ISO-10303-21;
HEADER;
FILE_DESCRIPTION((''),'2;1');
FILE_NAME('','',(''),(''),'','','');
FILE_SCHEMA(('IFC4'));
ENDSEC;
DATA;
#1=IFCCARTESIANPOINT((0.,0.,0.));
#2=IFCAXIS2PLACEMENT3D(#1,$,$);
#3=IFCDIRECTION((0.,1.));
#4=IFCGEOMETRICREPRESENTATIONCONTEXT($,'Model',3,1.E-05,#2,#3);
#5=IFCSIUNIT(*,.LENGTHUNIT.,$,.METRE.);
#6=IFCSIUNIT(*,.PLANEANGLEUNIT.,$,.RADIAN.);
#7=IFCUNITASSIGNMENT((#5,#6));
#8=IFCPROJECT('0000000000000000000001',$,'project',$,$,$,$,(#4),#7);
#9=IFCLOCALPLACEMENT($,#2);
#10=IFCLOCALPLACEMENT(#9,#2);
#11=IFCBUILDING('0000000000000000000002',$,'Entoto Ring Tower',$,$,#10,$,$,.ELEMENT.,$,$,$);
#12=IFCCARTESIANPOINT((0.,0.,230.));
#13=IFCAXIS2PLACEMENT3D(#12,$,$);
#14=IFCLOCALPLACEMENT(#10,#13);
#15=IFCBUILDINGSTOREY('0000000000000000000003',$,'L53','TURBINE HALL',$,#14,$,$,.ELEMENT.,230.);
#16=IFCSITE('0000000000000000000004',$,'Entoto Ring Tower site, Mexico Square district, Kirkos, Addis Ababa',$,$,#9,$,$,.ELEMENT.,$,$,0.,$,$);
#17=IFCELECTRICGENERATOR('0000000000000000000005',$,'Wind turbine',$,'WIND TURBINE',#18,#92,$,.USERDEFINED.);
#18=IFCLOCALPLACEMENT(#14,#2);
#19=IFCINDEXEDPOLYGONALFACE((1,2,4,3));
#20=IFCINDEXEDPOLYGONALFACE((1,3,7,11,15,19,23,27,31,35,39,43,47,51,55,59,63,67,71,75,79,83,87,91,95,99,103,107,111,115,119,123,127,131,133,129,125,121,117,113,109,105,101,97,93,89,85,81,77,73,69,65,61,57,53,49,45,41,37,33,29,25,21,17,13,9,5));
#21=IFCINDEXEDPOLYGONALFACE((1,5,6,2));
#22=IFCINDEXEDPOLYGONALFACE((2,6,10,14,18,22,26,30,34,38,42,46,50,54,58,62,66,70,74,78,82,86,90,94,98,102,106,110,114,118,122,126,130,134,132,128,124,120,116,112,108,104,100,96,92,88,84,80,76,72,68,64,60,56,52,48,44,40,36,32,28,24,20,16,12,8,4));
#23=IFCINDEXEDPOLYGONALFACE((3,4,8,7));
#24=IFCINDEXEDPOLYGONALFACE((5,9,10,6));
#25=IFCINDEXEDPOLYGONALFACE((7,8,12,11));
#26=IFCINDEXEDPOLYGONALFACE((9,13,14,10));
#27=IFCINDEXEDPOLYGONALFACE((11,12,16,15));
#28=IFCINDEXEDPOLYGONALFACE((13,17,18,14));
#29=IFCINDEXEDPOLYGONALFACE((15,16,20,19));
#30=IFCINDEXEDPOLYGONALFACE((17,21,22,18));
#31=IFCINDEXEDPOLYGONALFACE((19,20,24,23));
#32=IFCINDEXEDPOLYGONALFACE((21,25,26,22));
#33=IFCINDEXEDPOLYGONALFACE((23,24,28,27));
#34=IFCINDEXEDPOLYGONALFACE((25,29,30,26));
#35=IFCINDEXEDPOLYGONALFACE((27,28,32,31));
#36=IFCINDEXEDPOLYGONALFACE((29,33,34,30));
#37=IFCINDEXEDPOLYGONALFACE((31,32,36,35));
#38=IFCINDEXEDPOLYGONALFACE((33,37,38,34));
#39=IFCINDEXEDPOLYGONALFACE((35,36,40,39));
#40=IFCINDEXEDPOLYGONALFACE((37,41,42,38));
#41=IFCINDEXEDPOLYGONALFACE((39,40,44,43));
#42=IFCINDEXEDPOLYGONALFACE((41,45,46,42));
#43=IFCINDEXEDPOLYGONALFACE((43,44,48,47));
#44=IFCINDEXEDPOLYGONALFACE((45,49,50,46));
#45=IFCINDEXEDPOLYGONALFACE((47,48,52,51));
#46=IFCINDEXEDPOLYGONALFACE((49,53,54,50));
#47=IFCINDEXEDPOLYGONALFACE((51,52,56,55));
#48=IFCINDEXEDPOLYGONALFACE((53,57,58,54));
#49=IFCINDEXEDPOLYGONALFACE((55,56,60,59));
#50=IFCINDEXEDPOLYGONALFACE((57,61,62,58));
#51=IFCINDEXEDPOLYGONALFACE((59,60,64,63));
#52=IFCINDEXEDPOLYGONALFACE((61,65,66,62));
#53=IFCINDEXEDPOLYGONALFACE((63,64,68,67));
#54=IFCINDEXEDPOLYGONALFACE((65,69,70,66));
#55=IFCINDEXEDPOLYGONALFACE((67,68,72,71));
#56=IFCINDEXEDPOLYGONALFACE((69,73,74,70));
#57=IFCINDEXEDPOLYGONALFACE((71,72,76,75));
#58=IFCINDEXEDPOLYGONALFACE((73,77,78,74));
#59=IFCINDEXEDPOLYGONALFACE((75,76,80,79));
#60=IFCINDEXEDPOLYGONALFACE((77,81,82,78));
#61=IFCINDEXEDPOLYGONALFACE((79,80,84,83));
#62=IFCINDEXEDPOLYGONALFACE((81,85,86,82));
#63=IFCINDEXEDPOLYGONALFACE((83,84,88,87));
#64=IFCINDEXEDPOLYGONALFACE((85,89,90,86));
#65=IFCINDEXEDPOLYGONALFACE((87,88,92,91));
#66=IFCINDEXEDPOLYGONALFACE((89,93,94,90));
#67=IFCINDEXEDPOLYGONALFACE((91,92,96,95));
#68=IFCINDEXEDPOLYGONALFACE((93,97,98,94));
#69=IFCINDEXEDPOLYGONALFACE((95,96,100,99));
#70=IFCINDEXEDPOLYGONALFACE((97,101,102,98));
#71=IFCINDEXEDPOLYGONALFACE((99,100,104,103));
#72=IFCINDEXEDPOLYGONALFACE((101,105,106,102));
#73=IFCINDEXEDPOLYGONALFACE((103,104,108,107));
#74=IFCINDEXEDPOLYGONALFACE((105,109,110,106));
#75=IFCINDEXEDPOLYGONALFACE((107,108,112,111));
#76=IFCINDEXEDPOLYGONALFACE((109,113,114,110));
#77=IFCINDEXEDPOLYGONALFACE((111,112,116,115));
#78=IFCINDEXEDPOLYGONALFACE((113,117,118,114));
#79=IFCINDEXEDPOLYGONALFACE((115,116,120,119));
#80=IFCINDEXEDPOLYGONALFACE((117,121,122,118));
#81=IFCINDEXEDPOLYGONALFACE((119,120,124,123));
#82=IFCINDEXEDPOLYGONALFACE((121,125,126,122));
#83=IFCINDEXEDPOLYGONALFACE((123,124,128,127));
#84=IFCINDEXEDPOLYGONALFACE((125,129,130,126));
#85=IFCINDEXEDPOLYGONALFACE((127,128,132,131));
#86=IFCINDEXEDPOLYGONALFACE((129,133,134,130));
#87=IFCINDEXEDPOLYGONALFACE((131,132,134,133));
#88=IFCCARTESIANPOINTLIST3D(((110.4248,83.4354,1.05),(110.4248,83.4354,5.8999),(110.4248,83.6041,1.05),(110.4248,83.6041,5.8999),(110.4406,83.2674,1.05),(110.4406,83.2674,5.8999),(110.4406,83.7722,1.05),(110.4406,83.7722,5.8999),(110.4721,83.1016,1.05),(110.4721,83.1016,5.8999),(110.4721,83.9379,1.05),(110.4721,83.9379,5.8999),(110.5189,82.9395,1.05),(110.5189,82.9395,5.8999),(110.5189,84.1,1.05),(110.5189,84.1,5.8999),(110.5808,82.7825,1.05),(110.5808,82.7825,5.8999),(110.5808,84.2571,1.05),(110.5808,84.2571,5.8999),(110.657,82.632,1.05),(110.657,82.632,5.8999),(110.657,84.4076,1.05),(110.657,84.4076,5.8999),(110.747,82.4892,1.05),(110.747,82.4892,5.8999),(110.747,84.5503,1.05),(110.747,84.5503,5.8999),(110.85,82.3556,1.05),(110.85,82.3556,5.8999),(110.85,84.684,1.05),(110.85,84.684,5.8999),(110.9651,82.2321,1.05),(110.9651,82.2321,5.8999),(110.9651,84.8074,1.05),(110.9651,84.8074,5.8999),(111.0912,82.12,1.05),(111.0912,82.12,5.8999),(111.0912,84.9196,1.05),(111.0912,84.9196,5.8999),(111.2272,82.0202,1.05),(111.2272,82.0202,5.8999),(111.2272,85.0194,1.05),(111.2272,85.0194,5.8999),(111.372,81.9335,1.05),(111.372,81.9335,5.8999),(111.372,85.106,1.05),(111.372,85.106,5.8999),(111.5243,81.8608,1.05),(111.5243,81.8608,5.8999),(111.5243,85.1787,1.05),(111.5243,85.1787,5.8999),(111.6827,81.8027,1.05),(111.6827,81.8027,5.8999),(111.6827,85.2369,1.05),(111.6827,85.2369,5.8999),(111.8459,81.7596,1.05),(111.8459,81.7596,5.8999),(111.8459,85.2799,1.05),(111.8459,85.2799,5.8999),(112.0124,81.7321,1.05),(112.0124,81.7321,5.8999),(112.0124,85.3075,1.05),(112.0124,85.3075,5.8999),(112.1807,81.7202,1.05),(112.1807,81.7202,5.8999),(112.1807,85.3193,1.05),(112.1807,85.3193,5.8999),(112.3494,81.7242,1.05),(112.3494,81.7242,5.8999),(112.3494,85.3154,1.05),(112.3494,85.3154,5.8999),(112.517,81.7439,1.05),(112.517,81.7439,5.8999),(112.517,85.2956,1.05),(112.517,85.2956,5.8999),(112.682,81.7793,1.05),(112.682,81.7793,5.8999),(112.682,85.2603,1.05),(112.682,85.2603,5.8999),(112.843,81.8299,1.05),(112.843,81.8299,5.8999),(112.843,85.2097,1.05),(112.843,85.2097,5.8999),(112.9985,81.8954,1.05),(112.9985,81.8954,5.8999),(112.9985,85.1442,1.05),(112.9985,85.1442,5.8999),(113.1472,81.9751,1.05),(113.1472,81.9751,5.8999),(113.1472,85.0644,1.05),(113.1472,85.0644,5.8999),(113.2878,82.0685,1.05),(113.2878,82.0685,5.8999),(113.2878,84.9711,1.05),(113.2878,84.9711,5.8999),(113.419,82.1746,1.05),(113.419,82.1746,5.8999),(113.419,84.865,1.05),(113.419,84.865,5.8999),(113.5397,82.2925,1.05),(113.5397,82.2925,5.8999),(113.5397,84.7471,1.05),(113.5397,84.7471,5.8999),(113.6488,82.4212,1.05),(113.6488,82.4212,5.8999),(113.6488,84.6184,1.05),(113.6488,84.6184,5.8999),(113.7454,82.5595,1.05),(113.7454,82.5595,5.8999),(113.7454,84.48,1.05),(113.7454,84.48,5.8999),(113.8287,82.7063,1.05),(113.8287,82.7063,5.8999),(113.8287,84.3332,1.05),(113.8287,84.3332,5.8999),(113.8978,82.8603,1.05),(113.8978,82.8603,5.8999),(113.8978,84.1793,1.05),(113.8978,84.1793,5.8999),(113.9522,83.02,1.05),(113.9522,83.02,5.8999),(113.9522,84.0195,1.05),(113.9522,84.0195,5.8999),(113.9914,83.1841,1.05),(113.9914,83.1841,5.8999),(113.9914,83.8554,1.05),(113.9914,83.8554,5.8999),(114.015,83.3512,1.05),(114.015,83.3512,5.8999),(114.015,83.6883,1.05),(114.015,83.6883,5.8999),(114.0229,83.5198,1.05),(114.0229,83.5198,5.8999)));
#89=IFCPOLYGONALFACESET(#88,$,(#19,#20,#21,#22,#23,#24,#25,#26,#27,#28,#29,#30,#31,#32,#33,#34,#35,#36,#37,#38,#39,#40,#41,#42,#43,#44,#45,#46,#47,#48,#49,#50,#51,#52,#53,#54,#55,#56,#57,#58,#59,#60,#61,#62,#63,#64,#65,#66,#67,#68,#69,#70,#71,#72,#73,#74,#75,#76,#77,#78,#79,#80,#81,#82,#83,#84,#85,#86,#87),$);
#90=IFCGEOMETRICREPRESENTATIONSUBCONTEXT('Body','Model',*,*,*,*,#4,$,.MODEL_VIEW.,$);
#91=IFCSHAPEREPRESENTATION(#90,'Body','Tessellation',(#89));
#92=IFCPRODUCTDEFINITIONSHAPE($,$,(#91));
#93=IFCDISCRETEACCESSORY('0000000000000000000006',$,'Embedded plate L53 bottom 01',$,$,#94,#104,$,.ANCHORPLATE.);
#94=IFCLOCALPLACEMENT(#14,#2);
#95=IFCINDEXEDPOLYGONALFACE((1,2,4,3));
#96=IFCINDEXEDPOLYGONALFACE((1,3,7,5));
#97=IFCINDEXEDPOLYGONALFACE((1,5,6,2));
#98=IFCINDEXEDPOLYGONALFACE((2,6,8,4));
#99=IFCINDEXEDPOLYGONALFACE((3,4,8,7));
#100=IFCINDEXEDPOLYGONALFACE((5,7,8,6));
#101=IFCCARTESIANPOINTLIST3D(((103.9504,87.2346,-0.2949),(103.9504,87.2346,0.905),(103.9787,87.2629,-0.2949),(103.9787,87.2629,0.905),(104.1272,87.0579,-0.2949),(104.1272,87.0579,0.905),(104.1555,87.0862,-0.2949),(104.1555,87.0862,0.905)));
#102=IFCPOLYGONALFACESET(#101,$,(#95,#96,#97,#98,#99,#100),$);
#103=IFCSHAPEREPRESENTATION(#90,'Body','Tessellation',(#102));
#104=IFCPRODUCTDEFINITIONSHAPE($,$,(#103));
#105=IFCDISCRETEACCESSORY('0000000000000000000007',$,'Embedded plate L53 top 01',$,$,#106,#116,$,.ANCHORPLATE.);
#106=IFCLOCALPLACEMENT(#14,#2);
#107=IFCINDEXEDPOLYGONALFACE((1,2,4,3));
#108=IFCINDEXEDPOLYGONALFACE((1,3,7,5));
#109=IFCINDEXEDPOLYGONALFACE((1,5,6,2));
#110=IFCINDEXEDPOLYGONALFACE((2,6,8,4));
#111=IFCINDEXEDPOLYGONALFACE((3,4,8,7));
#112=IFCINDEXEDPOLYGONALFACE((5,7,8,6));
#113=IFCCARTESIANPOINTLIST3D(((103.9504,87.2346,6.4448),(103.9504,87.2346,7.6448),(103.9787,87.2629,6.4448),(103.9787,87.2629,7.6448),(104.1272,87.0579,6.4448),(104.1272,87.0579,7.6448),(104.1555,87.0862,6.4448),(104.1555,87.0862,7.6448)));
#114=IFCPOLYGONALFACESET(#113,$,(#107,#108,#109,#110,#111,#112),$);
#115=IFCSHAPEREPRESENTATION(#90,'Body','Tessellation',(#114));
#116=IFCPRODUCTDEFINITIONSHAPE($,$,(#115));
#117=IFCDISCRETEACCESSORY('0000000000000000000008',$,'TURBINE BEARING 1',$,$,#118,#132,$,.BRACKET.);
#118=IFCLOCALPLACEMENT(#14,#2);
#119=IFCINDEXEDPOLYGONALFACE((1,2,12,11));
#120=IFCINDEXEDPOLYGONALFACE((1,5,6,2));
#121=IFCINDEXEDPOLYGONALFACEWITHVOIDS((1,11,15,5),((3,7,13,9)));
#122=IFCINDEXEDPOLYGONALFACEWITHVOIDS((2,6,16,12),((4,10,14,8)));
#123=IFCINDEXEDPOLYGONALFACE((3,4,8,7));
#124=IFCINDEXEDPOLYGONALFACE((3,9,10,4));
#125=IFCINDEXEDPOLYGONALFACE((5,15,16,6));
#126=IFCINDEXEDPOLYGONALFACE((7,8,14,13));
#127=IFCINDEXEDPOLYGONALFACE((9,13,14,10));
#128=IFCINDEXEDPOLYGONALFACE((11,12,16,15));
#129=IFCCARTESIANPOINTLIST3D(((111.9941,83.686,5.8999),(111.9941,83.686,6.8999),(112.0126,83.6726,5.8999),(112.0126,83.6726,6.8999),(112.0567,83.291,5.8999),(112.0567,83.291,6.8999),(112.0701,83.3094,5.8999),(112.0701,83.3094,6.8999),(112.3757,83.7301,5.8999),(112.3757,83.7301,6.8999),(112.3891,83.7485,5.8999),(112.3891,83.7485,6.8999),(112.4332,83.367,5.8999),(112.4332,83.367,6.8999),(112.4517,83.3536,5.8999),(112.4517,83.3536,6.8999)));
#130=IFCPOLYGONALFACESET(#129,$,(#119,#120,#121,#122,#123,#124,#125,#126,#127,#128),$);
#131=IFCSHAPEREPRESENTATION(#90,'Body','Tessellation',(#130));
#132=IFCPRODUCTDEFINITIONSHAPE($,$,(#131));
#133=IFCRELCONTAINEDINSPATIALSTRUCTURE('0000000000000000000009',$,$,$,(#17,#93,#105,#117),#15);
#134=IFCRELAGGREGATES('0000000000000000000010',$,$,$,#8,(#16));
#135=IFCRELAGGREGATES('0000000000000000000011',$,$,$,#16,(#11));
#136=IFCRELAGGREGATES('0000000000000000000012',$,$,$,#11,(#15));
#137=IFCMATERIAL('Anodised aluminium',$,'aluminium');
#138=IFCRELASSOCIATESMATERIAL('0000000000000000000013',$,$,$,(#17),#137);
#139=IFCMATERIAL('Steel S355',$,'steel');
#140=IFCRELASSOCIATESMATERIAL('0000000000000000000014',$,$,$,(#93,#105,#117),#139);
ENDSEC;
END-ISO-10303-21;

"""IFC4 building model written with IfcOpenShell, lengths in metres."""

from ifc_helpers import new_model, si_unit, direction, frame, origin, origin_2d, place, context, subcontext, project, spatial, rectangle, hollow_rectangle, circle, extrude, material, element, save


model = new_model("IFC4")

# Units and contexts
model_context = context("Model", 3, precision=1e-05, world=origin(), true_north=direction((0.0, 1.0)))
body_context = subcontext(model_context, "Body", "Model", "MODEL_VIEW")
ifc_project = project(units=[si_unit("LENGTHUNIT", "METRE"), si_unit("PLANEANGLEUNIT", "RADIAN")], contexts=[model_context])

# Site, building, storey
site_placement = place(None, origin())
site = spatial("IfcSite", under=ifc_project, at=site_placement, Name="Entoto Ring Tower site, Mexico Square district, Kirkos, Addis Ababa", CompositionType="ELEMENT", RefElevation=0.0)
building_placement = place(site_placement, origin())
building = spatial("IfcBuilding", under=site, at=building_placement, Name="Entoto Ring Tower", CompositionType="ELEMENT")
storey_placement = place(building_placement, frame((0.0, 0.0, 230.0)))
storey = spatial("IfcBuildingStorey", under=building, at=storey_placement, Name="L53", Description="TURBINE HALL", CompositionType="ELEMENT", Elevation=230.0)

# Electric generator
ifc_material_1 = material(Name="Anodised aluminium", Category="aluminium")
electric_generator_placement = place(storey_placement, frame((112.2229, 83.5198, 1.05), z_axis=(0.0, 0.0, 1.0), x_axis=(1.0, 0.0, 0.0)))
element("IfcElectricGenerator", 1, at=electric_generator_placement, inside=storey, material=ifc_material_1, Name="Wind turbine", ObjectType="WIND TURBINE", PredefinedType="USERDEFINED", context=body_context, shape_type="SweptSolid", body=[
    extrude(circle(Radius=1.8, at=origin_2d()), origin(), (0.0, 0.0, 1.0), 4.8499),
])

# Discrete accessories
ifc_material_2 = material(Name="Steel S355", Category="steel")
for number, where, z_axis, x_axis, name in (
    (2, (104.053, 87.1604, -0.2949), (0.0, 0.0, 1.0), (0.707107, 0.707107, 0.0), "Embedded plate L53 bottom 01"),
    (3, (104.053, 87.1604, 6.4448), (0.0, 0.0, 1.0), (0.707107, 0.707107, 0.0), "Embedded plate L53 top 01"),
):
    element("IfcDiscreteAccessory", number, at=place(storey_placement, frame(where, z_axis=z_axis, x_axis=x_axis)), inside=storey, material=ifc_material_2, Name=name, PredefinedType="ANCHORPLATE", context=body_context, shape_type="SweptSolid", body=[
        extrude(rectangle(XDim=0.04, YDim=0.25, at=origin_2d()), origin(), (0.0, 0.0, 1.0), 1.2),
    ])
discrete_accessory_placement = place(storey_placement, frame((112.2229, 83.5198, 5.8999), z_axis=(0.0, 0.0, 1.0), x_axis=(-0.156434, 0.987688, 0.0)))
element("IfcDiscreteAccessory", 4, at=discrete_accessory_placement, inside=storey, material=ifc_material_2, Name="TURBINE BEARING 1", PredefinedType="BRACKET", context=body_context, shape_type="SweptSolid", body=[
    extrude(hollow_rectangle(XDim=0.3999, YDim=0.3999, WallThickness=0.0161, at=origin_2d()), origin(), (0.0, 0.0, 1.0), 1.0),
])

save(model, "model.ifc")
